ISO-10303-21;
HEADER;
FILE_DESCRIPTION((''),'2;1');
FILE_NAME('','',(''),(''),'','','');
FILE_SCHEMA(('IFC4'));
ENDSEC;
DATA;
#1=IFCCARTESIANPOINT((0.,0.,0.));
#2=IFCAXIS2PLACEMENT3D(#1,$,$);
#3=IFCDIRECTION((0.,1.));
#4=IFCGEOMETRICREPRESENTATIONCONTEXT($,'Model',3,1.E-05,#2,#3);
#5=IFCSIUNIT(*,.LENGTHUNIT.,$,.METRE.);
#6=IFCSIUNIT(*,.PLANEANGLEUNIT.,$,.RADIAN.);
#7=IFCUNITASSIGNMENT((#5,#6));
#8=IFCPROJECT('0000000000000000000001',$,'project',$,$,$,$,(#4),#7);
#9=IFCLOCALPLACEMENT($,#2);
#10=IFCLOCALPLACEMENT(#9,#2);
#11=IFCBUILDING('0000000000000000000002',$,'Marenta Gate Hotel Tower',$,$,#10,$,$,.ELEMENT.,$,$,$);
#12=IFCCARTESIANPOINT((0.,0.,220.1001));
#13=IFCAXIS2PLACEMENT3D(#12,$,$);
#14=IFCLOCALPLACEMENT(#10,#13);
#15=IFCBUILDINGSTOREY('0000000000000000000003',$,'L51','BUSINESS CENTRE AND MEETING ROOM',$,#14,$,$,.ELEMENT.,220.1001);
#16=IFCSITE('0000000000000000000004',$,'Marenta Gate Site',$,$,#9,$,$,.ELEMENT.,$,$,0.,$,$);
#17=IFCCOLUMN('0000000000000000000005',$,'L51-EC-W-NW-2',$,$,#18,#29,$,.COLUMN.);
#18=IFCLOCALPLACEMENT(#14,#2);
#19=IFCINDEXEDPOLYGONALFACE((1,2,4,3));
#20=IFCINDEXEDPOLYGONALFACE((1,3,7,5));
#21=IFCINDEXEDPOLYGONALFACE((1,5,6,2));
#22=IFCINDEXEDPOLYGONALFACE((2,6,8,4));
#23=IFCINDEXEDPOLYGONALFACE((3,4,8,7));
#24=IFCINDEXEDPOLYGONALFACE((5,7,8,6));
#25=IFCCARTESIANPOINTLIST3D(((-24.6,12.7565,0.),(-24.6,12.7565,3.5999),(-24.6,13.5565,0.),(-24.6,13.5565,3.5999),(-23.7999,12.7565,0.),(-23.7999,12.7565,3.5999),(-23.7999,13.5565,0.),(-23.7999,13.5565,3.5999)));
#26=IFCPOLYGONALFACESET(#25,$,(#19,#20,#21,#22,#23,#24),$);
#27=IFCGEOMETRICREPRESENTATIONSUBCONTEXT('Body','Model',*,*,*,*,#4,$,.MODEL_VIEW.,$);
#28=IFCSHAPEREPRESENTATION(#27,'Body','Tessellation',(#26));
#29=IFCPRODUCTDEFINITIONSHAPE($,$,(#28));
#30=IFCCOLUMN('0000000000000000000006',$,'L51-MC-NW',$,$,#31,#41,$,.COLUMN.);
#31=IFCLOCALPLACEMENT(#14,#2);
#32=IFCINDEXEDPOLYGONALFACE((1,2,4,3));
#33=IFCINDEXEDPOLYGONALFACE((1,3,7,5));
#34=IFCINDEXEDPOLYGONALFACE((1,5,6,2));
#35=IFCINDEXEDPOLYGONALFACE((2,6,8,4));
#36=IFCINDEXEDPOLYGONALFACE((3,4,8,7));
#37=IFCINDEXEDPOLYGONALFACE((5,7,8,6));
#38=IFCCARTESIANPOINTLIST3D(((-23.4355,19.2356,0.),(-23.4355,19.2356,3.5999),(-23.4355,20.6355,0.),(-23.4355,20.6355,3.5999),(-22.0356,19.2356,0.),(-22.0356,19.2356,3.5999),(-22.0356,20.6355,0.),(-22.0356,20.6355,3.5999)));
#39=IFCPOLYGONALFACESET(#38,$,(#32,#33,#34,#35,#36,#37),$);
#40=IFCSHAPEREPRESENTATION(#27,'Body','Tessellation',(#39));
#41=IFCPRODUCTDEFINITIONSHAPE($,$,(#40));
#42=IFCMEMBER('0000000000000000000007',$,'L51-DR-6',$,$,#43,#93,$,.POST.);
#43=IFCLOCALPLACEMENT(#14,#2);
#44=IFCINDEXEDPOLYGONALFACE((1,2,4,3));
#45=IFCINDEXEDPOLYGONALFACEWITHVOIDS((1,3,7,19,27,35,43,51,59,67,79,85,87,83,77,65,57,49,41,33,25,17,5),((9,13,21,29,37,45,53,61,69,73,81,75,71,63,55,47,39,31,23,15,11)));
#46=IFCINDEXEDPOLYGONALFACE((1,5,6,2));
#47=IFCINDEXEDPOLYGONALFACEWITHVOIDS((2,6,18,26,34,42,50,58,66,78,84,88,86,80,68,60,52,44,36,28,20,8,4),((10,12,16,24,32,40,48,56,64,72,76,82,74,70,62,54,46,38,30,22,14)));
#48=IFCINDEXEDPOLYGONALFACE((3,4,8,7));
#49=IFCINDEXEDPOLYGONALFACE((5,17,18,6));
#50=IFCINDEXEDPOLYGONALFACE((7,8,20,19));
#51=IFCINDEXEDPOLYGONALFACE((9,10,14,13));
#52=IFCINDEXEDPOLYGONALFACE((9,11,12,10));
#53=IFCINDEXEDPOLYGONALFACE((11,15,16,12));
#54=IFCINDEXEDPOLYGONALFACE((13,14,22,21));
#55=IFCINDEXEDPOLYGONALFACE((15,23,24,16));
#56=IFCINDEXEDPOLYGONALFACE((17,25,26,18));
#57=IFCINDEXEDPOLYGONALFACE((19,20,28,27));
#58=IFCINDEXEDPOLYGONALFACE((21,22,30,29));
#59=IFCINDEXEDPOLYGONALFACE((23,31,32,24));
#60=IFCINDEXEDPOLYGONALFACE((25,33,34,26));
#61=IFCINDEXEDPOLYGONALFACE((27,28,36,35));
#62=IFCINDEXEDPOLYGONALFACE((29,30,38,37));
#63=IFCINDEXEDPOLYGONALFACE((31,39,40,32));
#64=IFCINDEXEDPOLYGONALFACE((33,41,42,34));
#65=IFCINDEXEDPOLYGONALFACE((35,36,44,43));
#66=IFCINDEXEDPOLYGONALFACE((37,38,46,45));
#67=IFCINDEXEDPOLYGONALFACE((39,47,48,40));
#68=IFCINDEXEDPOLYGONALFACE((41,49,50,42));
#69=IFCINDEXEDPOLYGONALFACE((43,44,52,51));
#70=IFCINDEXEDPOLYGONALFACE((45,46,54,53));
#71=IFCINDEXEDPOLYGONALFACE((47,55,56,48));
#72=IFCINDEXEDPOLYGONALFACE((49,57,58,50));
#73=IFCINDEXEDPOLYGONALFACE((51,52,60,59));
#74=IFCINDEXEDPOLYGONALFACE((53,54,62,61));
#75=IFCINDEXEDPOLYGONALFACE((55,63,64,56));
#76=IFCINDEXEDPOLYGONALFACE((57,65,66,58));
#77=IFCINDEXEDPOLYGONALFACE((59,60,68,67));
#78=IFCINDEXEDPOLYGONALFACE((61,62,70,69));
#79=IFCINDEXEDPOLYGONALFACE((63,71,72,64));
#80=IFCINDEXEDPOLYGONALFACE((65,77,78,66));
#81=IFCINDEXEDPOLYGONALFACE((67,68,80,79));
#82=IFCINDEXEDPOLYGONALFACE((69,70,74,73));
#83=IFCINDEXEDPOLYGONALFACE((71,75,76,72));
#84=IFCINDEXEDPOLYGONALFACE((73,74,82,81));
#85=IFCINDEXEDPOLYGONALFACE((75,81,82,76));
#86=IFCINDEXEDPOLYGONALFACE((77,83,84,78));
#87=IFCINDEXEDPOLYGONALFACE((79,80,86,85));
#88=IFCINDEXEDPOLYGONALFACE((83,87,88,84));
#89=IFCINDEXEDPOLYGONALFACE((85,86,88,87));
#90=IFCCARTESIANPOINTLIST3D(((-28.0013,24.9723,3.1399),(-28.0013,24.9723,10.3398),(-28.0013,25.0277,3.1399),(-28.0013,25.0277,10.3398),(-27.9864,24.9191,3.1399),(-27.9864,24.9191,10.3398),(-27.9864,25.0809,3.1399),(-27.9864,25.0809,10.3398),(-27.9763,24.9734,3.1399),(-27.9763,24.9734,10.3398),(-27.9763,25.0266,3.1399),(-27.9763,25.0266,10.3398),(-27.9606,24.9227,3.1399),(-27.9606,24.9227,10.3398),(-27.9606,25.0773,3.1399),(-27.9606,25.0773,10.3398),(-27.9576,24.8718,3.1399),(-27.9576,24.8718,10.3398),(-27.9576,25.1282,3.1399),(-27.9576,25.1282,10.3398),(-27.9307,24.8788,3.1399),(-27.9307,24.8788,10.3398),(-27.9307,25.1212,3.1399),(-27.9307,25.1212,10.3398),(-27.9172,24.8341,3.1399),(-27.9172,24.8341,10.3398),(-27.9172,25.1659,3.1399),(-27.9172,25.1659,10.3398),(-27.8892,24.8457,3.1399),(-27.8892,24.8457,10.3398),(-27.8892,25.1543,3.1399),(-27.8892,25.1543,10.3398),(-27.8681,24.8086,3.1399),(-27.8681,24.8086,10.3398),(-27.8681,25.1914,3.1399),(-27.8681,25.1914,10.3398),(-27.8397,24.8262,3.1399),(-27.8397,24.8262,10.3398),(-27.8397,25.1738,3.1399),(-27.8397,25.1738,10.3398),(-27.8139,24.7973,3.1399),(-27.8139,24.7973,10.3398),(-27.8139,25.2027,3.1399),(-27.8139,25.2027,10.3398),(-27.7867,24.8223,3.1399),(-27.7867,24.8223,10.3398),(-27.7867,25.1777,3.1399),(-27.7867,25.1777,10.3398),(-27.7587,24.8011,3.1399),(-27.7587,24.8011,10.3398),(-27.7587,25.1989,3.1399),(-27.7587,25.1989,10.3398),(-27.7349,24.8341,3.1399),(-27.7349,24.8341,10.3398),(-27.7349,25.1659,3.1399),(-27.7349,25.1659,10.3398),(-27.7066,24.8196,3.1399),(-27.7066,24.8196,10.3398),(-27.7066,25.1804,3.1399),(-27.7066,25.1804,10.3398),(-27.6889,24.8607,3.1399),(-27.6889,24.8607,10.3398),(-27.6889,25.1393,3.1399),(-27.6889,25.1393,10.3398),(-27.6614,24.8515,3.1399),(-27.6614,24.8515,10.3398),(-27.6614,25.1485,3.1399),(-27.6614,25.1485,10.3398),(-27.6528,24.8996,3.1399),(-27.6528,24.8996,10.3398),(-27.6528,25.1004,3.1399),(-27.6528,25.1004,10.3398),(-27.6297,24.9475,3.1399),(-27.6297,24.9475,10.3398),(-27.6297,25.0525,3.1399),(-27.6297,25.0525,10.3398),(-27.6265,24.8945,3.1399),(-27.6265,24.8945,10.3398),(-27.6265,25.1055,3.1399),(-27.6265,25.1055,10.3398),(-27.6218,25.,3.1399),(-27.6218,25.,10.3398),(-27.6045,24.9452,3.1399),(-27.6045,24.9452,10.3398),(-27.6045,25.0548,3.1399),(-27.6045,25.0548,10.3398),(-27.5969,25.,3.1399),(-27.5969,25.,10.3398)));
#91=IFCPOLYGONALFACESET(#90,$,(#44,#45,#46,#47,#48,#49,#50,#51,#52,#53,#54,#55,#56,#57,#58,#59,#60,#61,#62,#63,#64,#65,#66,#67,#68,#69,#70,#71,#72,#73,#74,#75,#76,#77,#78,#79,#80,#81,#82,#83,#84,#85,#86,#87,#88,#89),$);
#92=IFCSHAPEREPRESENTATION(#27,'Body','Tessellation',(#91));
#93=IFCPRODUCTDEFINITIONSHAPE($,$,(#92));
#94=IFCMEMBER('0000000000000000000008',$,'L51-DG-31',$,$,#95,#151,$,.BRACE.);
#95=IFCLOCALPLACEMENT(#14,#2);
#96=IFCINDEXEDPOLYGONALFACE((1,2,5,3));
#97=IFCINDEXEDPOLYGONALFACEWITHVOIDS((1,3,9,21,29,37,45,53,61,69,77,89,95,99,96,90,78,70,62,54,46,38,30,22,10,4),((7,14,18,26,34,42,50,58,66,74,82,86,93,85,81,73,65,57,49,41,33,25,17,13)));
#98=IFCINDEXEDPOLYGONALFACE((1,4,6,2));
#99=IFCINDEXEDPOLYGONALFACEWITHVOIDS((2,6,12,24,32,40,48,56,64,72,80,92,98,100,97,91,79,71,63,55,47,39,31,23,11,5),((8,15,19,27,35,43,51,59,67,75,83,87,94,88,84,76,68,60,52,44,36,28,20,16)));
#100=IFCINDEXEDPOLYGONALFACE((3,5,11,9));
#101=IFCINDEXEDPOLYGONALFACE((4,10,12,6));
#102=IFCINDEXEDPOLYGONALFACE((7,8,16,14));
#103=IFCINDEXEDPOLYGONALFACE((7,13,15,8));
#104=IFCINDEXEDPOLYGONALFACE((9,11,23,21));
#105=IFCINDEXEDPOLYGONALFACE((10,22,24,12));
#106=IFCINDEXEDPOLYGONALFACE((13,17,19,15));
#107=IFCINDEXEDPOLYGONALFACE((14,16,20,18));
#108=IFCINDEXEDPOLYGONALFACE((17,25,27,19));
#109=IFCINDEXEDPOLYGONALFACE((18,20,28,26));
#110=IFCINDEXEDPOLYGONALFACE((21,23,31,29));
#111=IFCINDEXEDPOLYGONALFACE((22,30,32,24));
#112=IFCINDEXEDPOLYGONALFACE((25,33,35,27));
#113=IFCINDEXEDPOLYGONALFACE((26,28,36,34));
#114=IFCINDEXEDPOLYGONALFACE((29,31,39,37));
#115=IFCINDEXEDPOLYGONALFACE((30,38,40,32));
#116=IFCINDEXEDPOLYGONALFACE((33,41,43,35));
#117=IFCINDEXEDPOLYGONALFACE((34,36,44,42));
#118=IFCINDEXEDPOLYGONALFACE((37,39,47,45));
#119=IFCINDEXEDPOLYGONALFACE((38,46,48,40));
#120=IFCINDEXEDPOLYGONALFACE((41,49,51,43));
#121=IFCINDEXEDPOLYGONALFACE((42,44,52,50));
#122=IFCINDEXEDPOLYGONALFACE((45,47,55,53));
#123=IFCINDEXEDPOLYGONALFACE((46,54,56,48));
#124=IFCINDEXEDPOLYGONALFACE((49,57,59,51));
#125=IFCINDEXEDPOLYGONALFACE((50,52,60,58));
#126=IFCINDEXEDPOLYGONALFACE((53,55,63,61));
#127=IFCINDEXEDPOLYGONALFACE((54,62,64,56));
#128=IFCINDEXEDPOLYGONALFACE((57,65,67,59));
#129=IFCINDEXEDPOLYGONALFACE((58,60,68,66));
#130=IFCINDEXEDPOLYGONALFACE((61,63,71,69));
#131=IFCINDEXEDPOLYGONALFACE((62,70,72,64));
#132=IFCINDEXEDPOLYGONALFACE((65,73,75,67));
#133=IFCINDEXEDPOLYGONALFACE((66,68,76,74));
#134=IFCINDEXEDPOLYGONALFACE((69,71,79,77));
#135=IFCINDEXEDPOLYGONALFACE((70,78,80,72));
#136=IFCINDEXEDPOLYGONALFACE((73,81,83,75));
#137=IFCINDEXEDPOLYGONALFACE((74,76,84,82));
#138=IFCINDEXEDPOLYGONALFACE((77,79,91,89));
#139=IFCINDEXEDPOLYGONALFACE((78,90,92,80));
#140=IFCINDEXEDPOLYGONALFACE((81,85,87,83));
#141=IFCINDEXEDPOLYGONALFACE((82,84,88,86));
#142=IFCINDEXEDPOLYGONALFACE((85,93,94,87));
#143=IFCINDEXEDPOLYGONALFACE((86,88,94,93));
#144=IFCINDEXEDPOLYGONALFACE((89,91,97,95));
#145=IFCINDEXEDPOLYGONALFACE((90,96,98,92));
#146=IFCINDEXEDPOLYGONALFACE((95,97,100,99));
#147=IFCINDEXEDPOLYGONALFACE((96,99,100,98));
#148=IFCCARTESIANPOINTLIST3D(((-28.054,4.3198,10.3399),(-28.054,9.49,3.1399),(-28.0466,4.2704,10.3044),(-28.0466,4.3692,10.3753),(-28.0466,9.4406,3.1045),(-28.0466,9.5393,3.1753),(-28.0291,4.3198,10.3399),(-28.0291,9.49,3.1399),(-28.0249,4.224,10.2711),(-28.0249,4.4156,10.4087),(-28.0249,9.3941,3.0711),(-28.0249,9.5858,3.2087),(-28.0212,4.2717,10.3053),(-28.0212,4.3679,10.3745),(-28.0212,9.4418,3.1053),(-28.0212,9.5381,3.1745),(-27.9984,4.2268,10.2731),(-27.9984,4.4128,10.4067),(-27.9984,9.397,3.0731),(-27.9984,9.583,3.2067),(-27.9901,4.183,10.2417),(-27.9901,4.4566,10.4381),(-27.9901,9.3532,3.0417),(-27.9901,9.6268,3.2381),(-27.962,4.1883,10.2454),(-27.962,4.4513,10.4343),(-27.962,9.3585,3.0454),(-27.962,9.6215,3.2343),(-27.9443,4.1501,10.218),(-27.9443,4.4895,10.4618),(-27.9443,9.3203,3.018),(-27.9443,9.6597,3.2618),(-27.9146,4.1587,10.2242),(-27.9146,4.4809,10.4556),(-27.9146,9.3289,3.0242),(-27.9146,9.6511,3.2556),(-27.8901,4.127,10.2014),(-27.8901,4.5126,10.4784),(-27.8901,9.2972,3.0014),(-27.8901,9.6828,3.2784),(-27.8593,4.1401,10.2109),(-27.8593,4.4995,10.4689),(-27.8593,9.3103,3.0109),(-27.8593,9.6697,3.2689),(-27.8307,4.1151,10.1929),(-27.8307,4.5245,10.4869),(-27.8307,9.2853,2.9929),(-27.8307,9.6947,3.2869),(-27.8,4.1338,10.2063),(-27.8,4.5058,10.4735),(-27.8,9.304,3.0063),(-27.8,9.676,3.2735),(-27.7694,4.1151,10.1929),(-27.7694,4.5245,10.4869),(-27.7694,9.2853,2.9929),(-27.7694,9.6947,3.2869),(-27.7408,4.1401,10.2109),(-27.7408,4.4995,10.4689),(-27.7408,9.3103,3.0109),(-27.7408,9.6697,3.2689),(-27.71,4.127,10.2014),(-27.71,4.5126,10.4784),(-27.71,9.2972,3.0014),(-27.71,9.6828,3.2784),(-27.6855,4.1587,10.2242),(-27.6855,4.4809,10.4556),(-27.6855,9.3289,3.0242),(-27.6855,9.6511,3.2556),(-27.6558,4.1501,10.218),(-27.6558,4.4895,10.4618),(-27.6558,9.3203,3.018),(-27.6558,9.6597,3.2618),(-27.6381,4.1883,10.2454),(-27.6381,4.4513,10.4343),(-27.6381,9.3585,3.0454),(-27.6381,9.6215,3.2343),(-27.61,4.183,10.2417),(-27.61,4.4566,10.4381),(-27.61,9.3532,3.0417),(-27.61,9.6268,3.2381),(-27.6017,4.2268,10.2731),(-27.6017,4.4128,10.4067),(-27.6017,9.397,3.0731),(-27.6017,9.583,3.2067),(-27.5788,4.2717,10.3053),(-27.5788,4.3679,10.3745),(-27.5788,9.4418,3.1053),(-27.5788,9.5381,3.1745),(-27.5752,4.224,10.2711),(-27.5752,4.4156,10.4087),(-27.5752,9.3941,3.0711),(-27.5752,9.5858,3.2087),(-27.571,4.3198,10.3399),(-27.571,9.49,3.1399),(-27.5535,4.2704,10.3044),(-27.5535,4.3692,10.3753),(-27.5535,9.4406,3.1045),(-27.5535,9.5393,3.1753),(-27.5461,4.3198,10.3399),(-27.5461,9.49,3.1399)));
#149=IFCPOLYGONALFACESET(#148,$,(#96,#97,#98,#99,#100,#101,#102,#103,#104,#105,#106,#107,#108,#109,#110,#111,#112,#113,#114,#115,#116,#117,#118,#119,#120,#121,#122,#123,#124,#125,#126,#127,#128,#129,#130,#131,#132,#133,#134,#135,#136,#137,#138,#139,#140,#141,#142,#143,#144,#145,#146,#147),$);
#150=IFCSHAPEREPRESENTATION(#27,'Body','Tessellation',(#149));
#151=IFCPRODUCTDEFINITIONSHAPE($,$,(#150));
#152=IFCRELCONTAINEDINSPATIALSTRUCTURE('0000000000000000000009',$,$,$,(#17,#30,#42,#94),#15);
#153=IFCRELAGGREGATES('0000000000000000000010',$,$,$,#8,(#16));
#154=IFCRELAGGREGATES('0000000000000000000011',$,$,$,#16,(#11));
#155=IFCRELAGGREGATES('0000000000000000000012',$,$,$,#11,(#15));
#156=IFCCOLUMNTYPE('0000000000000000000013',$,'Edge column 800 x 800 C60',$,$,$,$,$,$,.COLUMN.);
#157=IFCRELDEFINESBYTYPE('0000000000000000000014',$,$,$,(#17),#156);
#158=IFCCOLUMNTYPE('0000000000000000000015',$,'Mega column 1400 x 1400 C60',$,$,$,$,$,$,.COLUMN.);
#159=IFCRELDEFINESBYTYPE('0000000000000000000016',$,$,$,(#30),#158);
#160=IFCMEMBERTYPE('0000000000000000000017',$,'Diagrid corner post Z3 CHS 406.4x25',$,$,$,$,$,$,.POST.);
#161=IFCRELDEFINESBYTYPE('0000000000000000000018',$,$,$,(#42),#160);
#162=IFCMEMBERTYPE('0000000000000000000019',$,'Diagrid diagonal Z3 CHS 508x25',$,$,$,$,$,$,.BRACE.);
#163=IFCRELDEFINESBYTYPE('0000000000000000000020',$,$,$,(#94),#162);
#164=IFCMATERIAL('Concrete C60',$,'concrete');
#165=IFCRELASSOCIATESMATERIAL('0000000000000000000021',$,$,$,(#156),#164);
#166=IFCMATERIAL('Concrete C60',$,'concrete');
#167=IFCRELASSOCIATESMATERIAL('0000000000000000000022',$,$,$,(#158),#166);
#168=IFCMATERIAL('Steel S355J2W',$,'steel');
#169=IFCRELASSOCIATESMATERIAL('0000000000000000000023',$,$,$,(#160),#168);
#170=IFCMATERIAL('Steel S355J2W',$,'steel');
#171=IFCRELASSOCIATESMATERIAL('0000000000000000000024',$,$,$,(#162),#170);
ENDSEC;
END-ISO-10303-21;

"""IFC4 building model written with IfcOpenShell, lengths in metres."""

from ifc_helpers import new_model, si_unit, direction, frame, origin, origin_2d, place, context, subcontext, project, spatial, rectangle, hollow_circle, extrude, material, material_profile, profile_set, type_object, element, save


model = new_model("IFC4")

# Units and contexts
model_context = context("Model", 3, precision=1e-05, world=origin(), true_north=direction((0.0, 1.0)))
body_context = subcontext(model_context, "Body", "Model", "MODEL_VIEW")
ifc_project = project(units=[si_unit("LENGTHUNIT", "METRE"), si_unit("PLANEANGLEUNIT", "RADIAN")], contexts=[model_context])

# Site, building, storey
site_placement = place(None, origin())
site = spatial("IfcSite", under=ifc_project, at=site_placement, Name="Marenta Gate Site", CompositionType="ELEMENT", RefElevation=0.0)
building_placement = place(site_placement, origin())
building = spatial("IfcBuilding", under=site, at=building_placement, Name="Marenta Gate Hotel Tower", CompositionType="ELEMENT")
storey_placement = place(building_placement, frame((0.0, 0.0, 220.1001)))
storey = spatial("IfcBuildingStorey", under=building, at=storey_placement, Name="L51", Description="BUSINESS CENTRE AND MEETING ROOM", CompositionType="ELEMENT", Elevation=220.1001)

# Columns
ifc_material_1 = material(Name="Concrete C60", Category="concrete")
ifc_material_profile_1 = material_profile(ifc_material_1, rectangle(XDim=0.8, YDim=0.8, at=origin_2d()), Name="800 x 800")
ifc_profile_set_1 = profile_set([ifc_material_profile_1], Name="Concrete C60")
column_type_1 = type_object("IfcColumnType", Name="Edge column 800 x 800 C60", PredefinedType="COLUMN", material=ifc_profile_set_1)
column_1_placement = place(storey_placement, frame((-24.2, 13.1565, 0.0), z_axis=(0.0, 0.0, 1.0), x_axis=(1.0, 0.0, 0.0)))
element("IfcColumn", 1, at=column_1_placement, inside=storey, type_object=column_type_1, Name="L51-EC-W-NW-2", PredefinedType="COLUMN", context=body_context, shape_type="SweptSolid", body=[
    extrude(rectangle(XDim=0.8, YDim=0.8, at=origin_2d()), origin(), (0.0, 0.0, 1.0), 3.5999),
])
ifc_material_2 = material(Name="Concrete C60", Category="concrete")
ifc_material_profile_2 = material_profile(ifc_material_2, rectangle(XDim=1.3999, YDim=1.3999, at=origin_2d()), Name="1400 x 1400")
ifc_profile_set_2 = profile_set([ifc_material_profile_2], Name="Concrete C60")
column_type_2 = type_object("IfcColumnType", Name="Mega column 1400 x 1400 C60", PredefinedType="COLUMN", material=ifc_profile_set_2)
column_2_placement = place(storey_placement, frame((-22.7356, 19.9355, 0.0), z_axis=(0.0, 0.0, 1.0), x_axis=(1.0, 0.0, 0.0)))
element("IfcColumn", 2, at=column_2_placement, inside=storey, type_object=column_type_2, Name="L51-MC-NW", PredefinedType="COLUMN", context=body_context, shape_type="SweptSolid", body=[
    extrude(rectangle(XDim=1.3999, YDim=1.3999, at=origin_2d()), origin(), (0.0, 0.0, 1.0), 3.5999),
])

# Members
ifc_material_3 = material(Name="Steel S355J2W", Category="steel")
ifc_material_profile_3 = material_profile(ifc_material_3, hollow_circle(Radius=0.2031, WallThickness=0.0249, at=origin_2d()), Name="CHS 406.4x25")
ifc_profile_set_3 = profile_set([ifc_material_profile_3], Name="Steel S355J2W")
member_type_1 = type_object("IfcMemberType", Name="Diagrid corner post Z3 CHS 406.4x25", PredefinedType="POST", material=ifc_profile_set_3)
member_1_placement = place(storey_placement, frame((-27.8, 25.0, 3.1399), z_axis=(0.0, 0.0, 1.0), x_axis=(1.0, 0.0, 0.0)))
element("IfcMember", 3, at=member_1_placement, inside=storey, type_object=member_type_1, Name="L51-DR-6", PredefinedType="POST", context=body_context, shape_type="SweptSolid", body=[
    extrude(hollow_circle(Radius=0.2031, WallThickness=0.0249, at=origin_2d()), origin(), (0.0, 0.0, 1.0), 7.2),
])
ifc_material_4 = material(Name="Steel S355J2W", Category="steel")
ifc_material_profile_4 = material_profile(ifc_material_4, hollow_circle(Radius=0.2539, WallThickness=0.0249, at=origin_2d()), Name="CHS 508x25")
ifc_profile_set_4 = profile_set([ifc_material_profile_4], Name="Steel S355J2W")
member_type_2 = type_object("IfcMemberType", Name="Diagrid diagonal Z3 CHS 508x25", PredefinedType="BRACE", material=ifc_profile_set_4)
member_2_placement = place(storey_placement, frame((-27.8, 9.49, 3.1399), z_axis=(0.0, -0.583279, 0.812272), x_axis=(1.0, 0.0, 0.0)))
element("IfcMember", 4, at=member_2_placement, inside=storey, type_object=member_type_2, Name="L51-DG-31", PredefinedType="BRACE", context=body_context, shape_type="SweptSolid", body=[
    extrude(hollow_circle(Radius=0.2539, WallThickness=0.0249, at=origin_2d()), origin(), (0.0, 0.0, 1.0), 8.864),
])

save(model, "model.ifc")
